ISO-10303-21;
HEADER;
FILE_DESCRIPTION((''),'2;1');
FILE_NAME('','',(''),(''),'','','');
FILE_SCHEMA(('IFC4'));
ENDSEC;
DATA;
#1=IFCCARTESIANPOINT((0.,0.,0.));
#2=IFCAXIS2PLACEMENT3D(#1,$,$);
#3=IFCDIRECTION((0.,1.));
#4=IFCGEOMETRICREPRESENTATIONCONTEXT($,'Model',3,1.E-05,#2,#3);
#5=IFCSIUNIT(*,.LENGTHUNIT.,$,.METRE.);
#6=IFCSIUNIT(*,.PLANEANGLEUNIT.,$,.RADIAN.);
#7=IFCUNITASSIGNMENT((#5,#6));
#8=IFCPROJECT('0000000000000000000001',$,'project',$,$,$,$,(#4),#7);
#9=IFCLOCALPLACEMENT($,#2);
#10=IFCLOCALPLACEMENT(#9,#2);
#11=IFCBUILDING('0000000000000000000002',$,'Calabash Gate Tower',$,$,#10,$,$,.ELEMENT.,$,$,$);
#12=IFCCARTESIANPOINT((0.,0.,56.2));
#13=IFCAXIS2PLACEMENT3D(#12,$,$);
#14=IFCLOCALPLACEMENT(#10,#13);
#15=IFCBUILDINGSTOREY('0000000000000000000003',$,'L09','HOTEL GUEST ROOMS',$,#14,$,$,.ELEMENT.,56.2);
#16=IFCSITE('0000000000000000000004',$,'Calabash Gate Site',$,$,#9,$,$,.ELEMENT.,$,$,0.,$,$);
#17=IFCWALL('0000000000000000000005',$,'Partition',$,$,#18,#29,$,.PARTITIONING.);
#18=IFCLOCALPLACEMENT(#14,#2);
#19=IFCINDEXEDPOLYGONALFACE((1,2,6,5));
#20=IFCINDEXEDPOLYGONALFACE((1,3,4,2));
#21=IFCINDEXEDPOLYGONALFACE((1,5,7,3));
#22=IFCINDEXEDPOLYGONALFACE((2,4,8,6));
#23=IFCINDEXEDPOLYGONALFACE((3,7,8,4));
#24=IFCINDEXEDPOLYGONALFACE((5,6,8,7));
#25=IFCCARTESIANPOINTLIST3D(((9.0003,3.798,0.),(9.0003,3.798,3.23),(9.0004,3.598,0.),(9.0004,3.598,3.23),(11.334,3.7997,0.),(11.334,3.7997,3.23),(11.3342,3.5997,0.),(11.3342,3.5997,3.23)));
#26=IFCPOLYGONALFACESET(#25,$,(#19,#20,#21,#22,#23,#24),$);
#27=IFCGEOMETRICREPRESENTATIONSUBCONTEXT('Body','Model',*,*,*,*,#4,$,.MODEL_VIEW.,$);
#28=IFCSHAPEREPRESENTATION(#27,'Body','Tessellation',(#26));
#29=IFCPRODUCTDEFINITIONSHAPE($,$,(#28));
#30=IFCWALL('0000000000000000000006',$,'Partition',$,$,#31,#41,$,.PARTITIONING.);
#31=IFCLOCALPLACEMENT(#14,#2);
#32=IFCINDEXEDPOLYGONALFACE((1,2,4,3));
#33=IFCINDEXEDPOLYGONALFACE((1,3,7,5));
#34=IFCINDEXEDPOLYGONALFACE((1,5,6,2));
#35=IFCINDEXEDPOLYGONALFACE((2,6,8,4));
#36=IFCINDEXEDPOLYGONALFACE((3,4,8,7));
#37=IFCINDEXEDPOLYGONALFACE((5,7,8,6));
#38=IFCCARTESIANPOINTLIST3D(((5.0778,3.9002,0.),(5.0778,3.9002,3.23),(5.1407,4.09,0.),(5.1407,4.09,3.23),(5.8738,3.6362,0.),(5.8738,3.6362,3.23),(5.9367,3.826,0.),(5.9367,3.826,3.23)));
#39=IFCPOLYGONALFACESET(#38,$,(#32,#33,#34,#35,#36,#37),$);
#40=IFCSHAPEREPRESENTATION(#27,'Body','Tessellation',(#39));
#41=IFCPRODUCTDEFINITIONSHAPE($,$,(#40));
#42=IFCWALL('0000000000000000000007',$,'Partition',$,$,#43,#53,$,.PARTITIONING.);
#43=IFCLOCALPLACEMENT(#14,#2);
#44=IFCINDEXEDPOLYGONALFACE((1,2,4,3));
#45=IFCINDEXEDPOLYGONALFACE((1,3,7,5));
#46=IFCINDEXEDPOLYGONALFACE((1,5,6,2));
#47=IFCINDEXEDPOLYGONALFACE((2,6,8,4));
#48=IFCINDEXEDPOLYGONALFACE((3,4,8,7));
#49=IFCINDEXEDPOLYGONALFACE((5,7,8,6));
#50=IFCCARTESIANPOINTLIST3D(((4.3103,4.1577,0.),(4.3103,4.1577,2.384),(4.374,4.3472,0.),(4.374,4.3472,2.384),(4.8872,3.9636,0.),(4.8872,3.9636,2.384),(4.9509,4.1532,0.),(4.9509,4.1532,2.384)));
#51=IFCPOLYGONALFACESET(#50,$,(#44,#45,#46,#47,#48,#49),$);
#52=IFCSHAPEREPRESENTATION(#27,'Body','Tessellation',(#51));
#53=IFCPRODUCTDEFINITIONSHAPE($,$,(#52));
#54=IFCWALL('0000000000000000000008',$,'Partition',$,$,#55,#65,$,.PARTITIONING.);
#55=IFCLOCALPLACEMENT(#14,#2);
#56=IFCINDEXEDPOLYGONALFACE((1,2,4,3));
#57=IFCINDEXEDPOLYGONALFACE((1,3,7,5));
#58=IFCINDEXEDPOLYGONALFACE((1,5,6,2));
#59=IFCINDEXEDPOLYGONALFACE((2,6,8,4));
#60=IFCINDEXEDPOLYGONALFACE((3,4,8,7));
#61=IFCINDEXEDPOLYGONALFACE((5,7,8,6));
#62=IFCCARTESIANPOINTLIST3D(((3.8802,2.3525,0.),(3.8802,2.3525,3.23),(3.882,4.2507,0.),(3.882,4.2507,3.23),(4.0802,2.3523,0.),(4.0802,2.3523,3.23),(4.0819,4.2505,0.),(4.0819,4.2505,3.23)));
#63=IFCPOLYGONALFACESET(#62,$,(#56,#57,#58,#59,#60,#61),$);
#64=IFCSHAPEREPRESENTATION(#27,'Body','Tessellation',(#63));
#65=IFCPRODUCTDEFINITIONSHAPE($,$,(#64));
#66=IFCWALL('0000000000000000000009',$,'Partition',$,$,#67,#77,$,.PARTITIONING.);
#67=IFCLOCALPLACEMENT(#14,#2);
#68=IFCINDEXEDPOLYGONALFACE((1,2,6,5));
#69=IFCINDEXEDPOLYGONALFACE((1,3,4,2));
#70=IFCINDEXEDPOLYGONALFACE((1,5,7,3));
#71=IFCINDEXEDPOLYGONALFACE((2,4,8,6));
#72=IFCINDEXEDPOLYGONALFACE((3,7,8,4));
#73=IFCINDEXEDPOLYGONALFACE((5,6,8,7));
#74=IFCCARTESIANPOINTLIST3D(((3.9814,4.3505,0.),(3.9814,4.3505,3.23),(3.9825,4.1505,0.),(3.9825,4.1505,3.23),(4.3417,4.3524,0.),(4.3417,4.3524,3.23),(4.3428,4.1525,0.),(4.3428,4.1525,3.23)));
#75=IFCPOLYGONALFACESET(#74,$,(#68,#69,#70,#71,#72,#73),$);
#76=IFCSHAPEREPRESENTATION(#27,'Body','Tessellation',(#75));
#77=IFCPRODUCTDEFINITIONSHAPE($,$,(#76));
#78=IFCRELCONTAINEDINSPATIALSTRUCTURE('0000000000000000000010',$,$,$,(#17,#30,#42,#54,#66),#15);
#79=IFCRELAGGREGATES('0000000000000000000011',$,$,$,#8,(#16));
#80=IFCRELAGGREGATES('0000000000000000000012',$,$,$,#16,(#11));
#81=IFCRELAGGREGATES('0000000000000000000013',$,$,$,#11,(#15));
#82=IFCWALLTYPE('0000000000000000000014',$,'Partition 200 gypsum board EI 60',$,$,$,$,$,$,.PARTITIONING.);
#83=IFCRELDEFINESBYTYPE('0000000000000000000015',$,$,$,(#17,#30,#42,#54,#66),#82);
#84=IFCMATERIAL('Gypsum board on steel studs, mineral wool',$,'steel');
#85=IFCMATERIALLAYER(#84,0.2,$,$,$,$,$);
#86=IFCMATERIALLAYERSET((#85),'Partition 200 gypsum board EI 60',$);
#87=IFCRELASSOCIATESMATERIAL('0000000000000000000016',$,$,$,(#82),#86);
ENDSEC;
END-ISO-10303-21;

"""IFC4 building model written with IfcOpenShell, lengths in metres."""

from ifc_helpers import new_model, si_unit, direction, frame, frame_2d, origin, place, context, subcontext, project, spatial, rectangle, extrude, material, layer, layer_set, type_object, element, save


model = new_model("IFC4")

# Units and contexts
model_context = context("Model", 3, precision=1e-05, world=origin(), true_north=direction((0.0, 1.0)))
body_context = subcontext(model_context, "Body", "Model", "MODEL_VIEW")
ifc_project = project(units=[si_unit("LENGTHUNIT", "METRE"), si_unit("PLANEANGLEUNIT", "RADIAN")], contexts=[model_context])

# Site, building, storey
site_placement = place(None, origin())
site = spatial("IfcSite", under=ifc_project, at=site_placement, Name="Calabash Gate Site", CompositionType="ELEMENT", RefElevation=0.0)
building_placement = place(site_placement, origin())
building = spatial("IfcBuilding", under=site, at=building_placement, Name="Calabash Gate Tower", CompositionType="ELEMENT")
storey_placement = place(building_placement, frame((0.0, 0.0, 56.2)))
storey = spatial("IfcBuildingStorey", under=building, at=storey_placement, Name="L09", Description="HOTEL GUEST ROOMS", CompositionType="ELEMENT", Elevation=56.2)

# Walls
ifc_material_1 = material(Name="Gypsum board on steel studs, mineral wool", Category="steel")
ifc_layer_1 = layer(ifc_material_1, 0.2)
ifc_layer_set_1 = layer_set([ifc_layer_1], Name="Partition 200 gypsum board EI 60")
wall_type_1 = type_object("IfcWallType", Name="Partition 200 gypsum board EI 60", PredefinedType="PARTITIONING", material=ifc_layer_set_1)
wall_1_placement = place(storey_placement, frame((9.0002, 3.698, 0.0), z_axis=(0.0, 0.0, 1.0), x_axis=(1.0, 0.000732, 0.0)))
element("IfcWall", 1, at=wall_1_placement, inside=storey, type_object=wall_type_1, Name="Partition", PredefinedType="PARTITIONING", context=body_context, shape_type="SweptSolid", body=[
    extrude(rectangle(XDim=2.3337, YDim=0.2, at=frame_2d((1.167, 0.0))), origin(), (0.0, 0.0, 1.0), 3.23),
])
wall_2_placement = place(storey_placement, frame((5.1091, 3.9951, 0.0), z_axis=(0.0, 0.0, 1.0), x_axis=(0.949177, -0.314742, 0.0)))
element("IfcWall", 2, at=wall_2_placement, inside=storey, type_object=wall_type_1, Name="Partition", PredefinedType="PARTITIONING", context=body_context, shape_type="SweptSolid", body=[
    extrude(rectangle(XDim=0.8386, YDim=0.2, at=frame_2d((0.4194, 0.0))), origin(), (0.0, 0.0, 1.0), 3.23),
])
wall_3_placement = place(storey_placement, frame((4.3423, 4.2524, 0.0), z_axis=(0.0, 0.0, 1.0), x_axis=(0.947797, -0.318874, 0.0)))
element("IfcWall", 3, at=wall_3_placement, inside=storey, type_object=wall_type_1, Name="Partition", PredefinedType="PARTITIONING", context=body_context, shape_type="SweptSolid", body=[
    extrude(rectangle(XDim=0.6086, YDim=0.2, at=frame_2d((0.3042, 0.0))), origin(), (0.0, 0.0, 1.0), 2.384),
])
wall_4_placement = place(storey_placement, frame((3.9802, 2.3523, 0.0), z_axis=(0.0, 0.0, 1.0), x_axis=(0.0009, 1.0, 0.0)))
element("IfcWall", 4, at=wall_4_placement, inside=storey, type_object=wall_type_1, Name="Partition", PredefinedType="PARTITIONING", context=body_context, shape_type="SweptSolid", body=[
    extrude(rectangle(XDim=1.8982, YDim=0.2, at=frame_2d((0.9492, 0.0))), origin(), (0.0, 0.0, 1.0), 3.23),
])
wall_5_placement = place(storey_placement, frame((3.9819, 4.2505, 0.0), z_axis=(0.0, 0.0, 1.0), x_axis=(0.999985, 0.00542, 0.0)))
element("IfcWall", 5, at=wall_5_placement, inside=storey, type_object=wall_type_1, Name="Partition", PredefinedType="PARTITIONING", context=body_context, shape_type="SweptSolid", body=[
    extrude(rectangle(XDim=0.3604, YDim=0.2, at=frame_2d((0.1802, 0.0))), origin(), (0.0, 0.0, 1.0), 3.23),
])

save(model, "model.ifc")
